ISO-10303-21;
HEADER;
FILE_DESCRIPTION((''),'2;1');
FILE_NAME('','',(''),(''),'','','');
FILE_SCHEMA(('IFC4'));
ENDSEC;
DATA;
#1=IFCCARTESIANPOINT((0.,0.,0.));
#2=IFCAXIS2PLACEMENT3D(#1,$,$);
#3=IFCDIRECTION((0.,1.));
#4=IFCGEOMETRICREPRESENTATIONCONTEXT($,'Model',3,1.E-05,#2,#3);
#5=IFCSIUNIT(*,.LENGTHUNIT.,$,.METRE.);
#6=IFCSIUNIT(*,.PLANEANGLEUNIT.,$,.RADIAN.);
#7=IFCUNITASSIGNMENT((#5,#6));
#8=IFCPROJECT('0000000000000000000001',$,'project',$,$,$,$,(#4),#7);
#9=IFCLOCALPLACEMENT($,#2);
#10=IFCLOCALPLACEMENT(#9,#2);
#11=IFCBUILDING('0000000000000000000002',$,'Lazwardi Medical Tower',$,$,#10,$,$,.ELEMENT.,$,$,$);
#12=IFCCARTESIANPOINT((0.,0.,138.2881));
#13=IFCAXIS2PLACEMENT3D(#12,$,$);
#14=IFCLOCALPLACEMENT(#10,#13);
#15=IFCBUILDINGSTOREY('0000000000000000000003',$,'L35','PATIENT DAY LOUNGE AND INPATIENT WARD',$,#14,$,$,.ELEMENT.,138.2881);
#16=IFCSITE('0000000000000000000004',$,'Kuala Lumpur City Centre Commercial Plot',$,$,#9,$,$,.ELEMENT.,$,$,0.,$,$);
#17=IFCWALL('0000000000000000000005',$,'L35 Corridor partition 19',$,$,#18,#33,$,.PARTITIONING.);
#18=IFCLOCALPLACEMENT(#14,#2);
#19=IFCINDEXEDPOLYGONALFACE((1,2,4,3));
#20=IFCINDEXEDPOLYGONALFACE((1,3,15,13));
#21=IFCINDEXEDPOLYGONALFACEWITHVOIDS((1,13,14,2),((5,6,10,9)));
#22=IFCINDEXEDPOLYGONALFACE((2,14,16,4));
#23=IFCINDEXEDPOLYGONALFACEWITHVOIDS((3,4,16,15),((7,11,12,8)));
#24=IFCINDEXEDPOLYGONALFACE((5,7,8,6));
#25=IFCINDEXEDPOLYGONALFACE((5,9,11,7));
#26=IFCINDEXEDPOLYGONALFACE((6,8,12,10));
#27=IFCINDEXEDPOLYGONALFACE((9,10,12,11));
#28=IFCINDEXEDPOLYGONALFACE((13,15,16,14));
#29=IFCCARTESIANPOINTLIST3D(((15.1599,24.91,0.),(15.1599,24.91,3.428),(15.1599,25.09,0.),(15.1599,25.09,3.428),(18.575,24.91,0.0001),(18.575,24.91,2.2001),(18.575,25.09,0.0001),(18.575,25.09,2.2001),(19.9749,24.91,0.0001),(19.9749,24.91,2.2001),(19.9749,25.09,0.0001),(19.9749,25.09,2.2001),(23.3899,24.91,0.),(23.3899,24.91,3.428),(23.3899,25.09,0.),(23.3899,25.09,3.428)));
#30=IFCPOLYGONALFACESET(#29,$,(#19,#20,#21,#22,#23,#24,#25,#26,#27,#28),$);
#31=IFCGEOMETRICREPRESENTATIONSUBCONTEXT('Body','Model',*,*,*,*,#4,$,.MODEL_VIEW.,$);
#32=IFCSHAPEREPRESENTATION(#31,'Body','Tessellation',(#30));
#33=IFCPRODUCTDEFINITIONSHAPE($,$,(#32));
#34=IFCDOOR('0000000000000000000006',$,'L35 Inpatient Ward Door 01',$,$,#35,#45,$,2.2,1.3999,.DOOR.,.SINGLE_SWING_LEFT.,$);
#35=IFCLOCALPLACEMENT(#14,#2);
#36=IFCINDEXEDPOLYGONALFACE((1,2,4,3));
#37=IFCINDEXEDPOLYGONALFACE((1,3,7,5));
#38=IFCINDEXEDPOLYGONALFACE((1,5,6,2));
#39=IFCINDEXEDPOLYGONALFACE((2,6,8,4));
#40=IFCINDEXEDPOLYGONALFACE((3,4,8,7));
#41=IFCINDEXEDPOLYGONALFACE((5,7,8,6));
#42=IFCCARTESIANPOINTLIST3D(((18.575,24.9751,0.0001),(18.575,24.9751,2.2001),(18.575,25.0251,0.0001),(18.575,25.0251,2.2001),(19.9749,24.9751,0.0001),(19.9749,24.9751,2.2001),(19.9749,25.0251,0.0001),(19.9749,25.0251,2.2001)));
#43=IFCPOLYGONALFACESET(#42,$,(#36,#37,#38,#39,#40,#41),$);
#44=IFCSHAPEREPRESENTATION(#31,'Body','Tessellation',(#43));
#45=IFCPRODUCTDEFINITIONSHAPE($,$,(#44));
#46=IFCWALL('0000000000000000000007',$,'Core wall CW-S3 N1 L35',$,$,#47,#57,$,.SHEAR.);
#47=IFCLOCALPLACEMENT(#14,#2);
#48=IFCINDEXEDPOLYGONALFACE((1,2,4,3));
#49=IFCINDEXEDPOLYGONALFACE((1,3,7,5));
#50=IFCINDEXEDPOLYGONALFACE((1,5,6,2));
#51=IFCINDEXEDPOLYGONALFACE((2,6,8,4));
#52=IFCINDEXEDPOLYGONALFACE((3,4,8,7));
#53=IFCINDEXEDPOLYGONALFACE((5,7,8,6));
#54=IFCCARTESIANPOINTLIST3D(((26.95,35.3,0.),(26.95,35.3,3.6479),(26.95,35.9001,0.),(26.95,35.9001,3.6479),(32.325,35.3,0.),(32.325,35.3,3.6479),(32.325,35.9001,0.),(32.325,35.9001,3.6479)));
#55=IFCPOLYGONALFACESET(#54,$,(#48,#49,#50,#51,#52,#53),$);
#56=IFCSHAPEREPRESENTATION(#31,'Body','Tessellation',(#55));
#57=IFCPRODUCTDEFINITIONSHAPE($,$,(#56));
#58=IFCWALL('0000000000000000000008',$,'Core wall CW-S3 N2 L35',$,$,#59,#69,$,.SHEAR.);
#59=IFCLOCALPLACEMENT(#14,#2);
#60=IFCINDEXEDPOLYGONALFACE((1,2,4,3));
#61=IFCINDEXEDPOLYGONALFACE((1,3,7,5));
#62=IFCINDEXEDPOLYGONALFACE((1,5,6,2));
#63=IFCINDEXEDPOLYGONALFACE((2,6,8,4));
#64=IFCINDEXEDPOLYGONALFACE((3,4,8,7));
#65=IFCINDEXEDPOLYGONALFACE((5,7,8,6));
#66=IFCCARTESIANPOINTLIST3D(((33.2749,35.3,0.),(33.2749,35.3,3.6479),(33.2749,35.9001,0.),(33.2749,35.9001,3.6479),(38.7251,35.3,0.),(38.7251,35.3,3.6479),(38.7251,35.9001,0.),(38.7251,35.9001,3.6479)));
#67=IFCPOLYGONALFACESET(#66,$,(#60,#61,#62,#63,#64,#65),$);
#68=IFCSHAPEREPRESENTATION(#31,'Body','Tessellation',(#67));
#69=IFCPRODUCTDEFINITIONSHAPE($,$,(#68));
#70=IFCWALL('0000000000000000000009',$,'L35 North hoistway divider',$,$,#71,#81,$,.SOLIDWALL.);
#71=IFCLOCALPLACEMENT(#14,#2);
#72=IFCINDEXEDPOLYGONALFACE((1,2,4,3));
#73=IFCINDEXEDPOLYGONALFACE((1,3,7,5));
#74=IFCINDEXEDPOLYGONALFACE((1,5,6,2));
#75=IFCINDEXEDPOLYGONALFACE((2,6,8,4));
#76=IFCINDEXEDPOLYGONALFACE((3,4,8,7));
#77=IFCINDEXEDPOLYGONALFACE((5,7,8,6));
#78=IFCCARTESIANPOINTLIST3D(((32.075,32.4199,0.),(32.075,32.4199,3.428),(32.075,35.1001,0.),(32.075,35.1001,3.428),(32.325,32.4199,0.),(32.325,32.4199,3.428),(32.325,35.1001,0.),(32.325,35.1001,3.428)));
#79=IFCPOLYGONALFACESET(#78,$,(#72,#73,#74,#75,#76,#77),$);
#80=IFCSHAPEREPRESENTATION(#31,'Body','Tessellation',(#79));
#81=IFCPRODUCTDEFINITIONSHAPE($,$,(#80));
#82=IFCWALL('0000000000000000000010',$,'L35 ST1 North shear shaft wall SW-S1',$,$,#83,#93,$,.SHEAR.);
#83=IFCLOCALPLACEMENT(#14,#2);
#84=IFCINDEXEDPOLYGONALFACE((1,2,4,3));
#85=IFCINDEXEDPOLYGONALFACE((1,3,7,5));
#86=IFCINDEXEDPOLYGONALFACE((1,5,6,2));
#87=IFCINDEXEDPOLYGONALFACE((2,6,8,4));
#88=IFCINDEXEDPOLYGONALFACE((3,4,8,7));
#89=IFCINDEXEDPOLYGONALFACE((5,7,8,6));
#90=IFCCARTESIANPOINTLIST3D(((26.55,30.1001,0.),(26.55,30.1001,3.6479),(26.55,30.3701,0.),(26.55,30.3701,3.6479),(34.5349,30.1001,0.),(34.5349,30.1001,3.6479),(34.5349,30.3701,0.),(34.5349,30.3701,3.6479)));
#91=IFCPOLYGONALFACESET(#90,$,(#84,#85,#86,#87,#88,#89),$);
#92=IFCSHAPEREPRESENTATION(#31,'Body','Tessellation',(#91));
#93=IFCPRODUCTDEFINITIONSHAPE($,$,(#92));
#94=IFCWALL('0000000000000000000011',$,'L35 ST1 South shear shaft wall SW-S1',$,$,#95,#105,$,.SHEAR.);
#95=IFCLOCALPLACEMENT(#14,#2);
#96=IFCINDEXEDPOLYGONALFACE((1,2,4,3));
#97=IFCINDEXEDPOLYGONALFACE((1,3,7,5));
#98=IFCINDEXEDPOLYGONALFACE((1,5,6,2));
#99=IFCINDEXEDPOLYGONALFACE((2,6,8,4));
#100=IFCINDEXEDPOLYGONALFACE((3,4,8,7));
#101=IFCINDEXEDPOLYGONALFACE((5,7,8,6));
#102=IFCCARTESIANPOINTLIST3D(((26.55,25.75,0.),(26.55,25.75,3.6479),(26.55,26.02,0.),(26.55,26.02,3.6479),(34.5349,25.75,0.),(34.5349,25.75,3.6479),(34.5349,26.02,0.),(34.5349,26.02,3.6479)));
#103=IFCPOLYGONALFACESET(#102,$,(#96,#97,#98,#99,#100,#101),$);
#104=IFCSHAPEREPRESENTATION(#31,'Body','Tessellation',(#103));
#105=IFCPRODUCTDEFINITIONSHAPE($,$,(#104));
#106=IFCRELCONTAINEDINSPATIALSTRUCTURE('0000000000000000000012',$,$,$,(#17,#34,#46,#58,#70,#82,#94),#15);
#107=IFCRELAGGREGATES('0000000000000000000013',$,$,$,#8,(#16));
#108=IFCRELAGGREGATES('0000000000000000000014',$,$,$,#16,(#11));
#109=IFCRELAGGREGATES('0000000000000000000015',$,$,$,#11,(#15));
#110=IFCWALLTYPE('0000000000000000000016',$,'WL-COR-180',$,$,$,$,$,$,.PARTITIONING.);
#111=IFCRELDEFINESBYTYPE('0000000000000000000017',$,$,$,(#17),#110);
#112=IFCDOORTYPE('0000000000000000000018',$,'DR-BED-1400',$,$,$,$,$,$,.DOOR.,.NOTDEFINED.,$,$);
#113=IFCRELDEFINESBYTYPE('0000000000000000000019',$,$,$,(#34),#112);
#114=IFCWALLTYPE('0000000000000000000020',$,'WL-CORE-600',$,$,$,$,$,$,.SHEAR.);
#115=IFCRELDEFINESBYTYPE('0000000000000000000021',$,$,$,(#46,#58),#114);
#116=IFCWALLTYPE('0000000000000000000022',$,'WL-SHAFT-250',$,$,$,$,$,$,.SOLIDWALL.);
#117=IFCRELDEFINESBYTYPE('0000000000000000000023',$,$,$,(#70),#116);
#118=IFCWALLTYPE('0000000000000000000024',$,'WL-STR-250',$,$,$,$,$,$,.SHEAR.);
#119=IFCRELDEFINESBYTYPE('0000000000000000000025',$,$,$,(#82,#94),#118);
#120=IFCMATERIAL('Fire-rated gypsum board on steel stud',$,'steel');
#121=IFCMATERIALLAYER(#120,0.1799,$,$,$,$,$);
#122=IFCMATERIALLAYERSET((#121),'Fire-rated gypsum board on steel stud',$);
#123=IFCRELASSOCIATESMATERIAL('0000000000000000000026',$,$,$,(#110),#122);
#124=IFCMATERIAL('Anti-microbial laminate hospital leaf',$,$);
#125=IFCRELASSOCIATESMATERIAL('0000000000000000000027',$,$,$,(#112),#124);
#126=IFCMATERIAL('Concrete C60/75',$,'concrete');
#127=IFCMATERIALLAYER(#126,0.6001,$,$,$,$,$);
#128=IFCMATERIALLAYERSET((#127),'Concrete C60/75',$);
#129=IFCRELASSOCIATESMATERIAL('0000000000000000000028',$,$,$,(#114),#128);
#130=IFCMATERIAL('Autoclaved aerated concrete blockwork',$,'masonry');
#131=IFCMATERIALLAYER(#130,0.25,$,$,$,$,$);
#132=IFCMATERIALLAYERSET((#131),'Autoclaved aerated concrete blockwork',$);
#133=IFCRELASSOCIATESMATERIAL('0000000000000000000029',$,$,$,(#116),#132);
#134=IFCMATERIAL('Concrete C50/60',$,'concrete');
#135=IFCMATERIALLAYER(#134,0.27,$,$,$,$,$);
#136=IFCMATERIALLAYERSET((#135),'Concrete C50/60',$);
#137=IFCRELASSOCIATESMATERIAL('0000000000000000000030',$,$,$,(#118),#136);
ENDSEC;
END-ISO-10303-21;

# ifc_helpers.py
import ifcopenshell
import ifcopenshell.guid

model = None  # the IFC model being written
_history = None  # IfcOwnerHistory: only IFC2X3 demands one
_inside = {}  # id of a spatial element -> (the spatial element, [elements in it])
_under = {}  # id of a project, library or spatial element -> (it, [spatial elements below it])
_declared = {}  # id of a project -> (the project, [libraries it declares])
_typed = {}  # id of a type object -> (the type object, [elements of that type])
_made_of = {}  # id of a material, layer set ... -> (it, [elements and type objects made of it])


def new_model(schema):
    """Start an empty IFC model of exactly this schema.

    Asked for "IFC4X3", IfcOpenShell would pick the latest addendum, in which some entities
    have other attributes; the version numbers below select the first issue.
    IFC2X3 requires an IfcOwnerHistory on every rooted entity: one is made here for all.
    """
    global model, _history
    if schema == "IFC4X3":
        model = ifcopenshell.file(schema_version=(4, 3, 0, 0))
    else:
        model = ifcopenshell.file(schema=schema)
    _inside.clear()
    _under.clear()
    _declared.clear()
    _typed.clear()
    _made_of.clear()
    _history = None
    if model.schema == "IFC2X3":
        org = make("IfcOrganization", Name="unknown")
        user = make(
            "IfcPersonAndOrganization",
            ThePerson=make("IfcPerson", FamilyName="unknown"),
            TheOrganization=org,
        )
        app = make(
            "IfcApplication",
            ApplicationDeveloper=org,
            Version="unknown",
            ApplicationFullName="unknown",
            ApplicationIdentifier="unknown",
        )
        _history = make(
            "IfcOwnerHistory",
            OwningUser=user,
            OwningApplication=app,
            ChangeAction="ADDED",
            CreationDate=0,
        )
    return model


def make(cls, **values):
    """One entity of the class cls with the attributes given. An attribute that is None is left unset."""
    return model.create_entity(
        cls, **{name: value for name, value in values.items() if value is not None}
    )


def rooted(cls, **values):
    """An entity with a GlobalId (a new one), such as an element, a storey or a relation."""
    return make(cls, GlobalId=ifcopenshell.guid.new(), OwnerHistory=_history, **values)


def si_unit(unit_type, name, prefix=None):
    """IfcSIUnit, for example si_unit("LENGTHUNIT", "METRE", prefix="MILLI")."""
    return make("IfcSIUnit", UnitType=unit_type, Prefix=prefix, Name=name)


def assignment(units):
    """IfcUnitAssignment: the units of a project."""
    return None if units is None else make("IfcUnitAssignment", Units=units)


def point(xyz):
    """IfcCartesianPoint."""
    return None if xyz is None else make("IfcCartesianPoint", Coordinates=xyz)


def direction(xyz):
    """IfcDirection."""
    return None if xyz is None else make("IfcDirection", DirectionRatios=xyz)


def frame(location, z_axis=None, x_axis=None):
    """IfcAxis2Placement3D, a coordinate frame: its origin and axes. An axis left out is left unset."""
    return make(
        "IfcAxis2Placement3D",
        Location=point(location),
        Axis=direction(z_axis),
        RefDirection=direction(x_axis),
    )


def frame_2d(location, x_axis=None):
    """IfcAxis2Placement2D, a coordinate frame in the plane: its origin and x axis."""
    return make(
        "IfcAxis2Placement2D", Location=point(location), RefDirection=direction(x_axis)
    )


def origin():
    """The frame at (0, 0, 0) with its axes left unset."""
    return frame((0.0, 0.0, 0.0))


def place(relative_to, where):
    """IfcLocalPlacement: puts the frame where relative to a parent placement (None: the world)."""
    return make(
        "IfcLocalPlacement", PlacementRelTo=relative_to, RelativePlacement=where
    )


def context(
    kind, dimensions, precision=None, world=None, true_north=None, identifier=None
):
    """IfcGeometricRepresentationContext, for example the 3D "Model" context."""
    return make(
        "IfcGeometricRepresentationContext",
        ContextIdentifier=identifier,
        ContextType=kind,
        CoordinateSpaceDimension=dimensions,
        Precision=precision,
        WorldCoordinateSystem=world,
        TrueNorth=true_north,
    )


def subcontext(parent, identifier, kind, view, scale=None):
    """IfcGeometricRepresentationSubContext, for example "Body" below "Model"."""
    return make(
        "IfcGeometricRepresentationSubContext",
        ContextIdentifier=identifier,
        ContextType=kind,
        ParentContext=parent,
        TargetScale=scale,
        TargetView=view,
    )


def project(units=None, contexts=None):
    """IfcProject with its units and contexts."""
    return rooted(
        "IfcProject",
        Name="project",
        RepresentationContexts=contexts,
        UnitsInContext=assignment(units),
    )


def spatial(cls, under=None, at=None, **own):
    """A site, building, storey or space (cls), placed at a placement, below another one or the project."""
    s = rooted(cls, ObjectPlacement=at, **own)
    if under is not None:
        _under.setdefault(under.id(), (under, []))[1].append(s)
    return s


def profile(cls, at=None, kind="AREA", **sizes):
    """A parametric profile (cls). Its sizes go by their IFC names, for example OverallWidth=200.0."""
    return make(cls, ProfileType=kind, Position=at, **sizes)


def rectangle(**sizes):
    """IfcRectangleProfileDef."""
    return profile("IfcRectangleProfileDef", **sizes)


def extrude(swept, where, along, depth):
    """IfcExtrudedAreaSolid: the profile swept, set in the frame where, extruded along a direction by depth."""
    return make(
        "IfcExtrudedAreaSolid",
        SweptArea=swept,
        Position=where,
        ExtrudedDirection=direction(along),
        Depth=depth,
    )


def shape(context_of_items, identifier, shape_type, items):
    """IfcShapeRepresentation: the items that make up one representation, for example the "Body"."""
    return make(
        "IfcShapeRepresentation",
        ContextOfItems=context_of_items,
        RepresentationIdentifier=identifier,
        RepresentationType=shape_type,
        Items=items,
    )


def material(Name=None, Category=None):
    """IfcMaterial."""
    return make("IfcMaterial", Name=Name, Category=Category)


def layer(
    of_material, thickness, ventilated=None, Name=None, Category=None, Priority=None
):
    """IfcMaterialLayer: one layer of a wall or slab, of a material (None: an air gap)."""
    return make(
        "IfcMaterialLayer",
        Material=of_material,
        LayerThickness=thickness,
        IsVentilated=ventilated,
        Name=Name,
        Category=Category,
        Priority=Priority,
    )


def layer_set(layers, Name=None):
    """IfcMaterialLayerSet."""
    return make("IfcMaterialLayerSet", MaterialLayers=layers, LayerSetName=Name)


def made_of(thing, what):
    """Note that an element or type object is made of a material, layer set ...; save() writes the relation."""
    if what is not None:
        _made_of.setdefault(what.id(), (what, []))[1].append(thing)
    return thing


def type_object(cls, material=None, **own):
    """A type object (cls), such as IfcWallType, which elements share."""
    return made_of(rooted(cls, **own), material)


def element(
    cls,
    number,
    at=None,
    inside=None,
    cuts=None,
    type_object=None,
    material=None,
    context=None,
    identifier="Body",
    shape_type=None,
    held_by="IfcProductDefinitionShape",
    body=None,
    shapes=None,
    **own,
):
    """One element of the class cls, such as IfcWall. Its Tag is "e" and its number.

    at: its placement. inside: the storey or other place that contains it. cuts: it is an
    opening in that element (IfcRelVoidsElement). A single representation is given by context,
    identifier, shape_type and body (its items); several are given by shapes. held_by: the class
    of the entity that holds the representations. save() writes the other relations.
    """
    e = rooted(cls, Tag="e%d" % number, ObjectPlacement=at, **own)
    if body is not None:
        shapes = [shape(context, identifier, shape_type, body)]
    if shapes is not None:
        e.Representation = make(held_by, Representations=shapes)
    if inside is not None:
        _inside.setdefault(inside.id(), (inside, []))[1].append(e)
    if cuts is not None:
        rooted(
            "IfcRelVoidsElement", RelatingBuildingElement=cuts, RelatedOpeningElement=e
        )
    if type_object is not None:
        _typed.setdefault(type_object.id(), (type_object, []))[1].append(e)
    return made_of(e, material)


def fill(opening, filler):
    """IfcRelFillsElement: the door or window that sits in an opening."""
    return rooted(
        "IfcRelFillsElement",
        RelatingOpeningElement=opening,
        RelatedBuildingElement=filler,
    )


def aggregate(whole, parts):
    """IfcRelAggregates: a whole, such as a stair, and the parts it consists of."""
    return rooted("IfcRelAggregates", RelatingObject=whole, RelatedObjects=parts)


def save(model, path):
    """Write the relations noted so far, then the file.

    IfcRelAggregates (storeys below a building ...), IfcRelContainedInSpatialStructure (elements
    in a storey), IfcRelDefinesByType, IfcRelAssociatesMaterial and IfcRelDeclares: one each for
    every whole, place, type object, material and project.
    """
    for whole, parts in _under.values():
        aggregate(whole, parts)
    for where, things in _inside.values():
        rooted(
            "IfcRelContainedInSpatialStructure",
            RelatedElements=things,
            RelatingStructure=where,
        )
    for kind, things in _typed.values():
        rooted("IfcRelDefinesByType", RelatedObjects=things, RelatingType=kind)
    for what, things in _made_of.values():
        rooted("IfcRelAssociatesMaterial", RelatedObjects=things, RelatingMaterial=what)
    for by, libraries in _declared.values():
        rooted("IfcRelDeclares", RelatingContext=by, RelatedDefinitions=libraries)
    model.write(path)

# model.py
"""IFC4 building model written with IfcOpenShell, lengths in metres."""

from ifc_helpers import new_model, si_unit, direction, frame, frame_2d, origin, place, context, subcontext, project, spatial, rectangle, extrude, material, layer, layer_set, type_object, element, fill, save


model = new_model("IFC4")

# Units and contexts
model_context = context("Model", 3, precision=1e-05, world=origin(), true_north=direction((0.0, 1.0)))
body_context = subcontext(model_context, "Body", "Model", "MODEL_VIEW")
ifc_project = project(units=[si_unit("LENGTHUNIT", "METRE"), si_unit("PLANEANGLEUNIT", "RADIAN")], contexts=[model_context])

# Site, building, storey
site_placement = place(None, origin())
site = spatial("IfcSite", under=ifc_project, at=site_placement, Name="Kuala Lumpur City Centre Commercial Plot", CompositionType="ELEMENT", RefElevation=0.0)
building_placement = place(site_placement, origin())
building = spatial("IfcBuilding", under=site, at=building_placement, Name="Lazwardi Medical Tower", CompositionType="ELEMENT")
storey_placement = place(building_placement, frame((0.0, 0.0, 138.2881)))
storey = spatial("IfcBuildingStorey", under=building, at=storey_placement, Name="L35", Description="PATIENT DAY LOUNGE AND INPATIENT WARD", CompositionType="ELEMENT", Elevation=138.2881)

# Shared definitions
ifc_material_1 = material(Name="Concrete C60/75", Category="concrete")

# Shared definitions
ifc_material_2 = material(Name="Fire-rated gypsum board on steel stud", Category="steel")
ifc_layer_1 = layer(ifc_material_2, 0.1799)
ifc_layer_set_1 = layer_set([ifc_layer_1], Name="Fire-rated gypsum board on steel stud")
wall_type_1 = type_object("IfcWallType", Name="WL-COR-180", PredefinedType="PARTITIONING", material=ifc_layer_set_1)
ifc_material_3 = material(Name="Anti-microbial laminate hospital leaf")
door_type_1 = type_object("IfcDoorType", Name="DR-BED-1400", OperationType="NOTDEFINED", PredefinedType="DOOR", material=ifc_material_3)

# Wall, opening, door
wall_1_placement = place(storey_placement, frame((23.3899, 25.0, 0.0), z_axis=(0.0, 0.0, 1.0), x_axis=(-1.0, 0.0, 0.0)))
wall_1 = element("IfcWall", 1, at=wall_1_placement, inside=storey, type_object=wall_type_1, Name="L35 Corridor partition 19", PredefinedType="PARTITIONING", context=body_context, shape_type="SweptSolid", body=[
    extrude(rectangle(XDim=8.23, YDim=0.1799, at=frame_2d((4.115, 0.0))), origin(), (0.0, 0.0, 1.0), 3.428),
])
opening_1_placement = place(wall_1_placement, frame((3.415, 0.0, 0.0)))
opening_1 = element("IfcOpeningElement", 2, at=opening_1_placement, cuts=wall_1, PredefinedType="OPENING", context=body_context, shape_type="SweptSolid", body=[
    extrude(rectangle(XDim=1.3999, YDim=2.2, at=frame_2d((0.7, 1.1001))), frame((0.0, 0.0999, 0.0), z_axis=(0.0, -1.0, 0.0), x_axis=(1.0, 0.0, 0.0)), (0.0, 0.0, 1.0), 0.2),
])
door_1_placement = place(opening_1_placement, origin())
door_1 = element("IfcDoor", 3, at=door_1_placement, inside=storey, type_object=door_type_1, Name="L35 Inpatient Ward Door 01", OperationType="SINGLE_SWING_LEFT", OverallHeight=2.2, OverallWidth=1.3999, PredefinedType="DOOR", context=body_context, shape_type="SweptSolid", body=[
    extrude(rectangle(XDim=1.3999, YDim=2.2, at=frame_2d((0.7, 1.1001))), frame((0.0, 0.0249, 0.0), z_axis=(0.0, -1.0, 0.0), x_axis=(1.0, 0.0, 0.0)), (0.0, 0.0, 1.0), 0.05),
])
fill(opening_1, door_1)

# Walls
ifc_layer_2 = layer(ifc_material_1, 0.6001)
ifc_layer_set_2 = layer_set([ifc_layer_2], Name="Concrete C60/75")
wall_type_2 = type_object("IfcWallType", Name="WL-CORE-600", PredefinedType="SHEAR", material=ifc_layer_set_2)
wall_2_placement = place(storey_placement, frame((26.95, 35.6001, 0.0), z_axis=(0.0, 0.0, 1.0), x_axis=(1.0, 0.0, 0.0)))
element("IfcWall", 4, at=wall_2_placement, inside=storey, type_object=wall_type_2, Name="Core wall CW-S3 N1 L35", PredefinedType="SHEAR", context=body_context, shape_type="SweptSolid", body=[
    extrude(rectangle(XDim=5.375, YDim=0.6001, at=frame_2d((2.6875, 0.0))), origin(), (0.0, 0.0, 1.0), 3.6479),
])
wall_3_placement = place(storey_placement, frame((33.2749, 35.6001, 0.0), z_axis=(0.0, 0.0, 1.0), x_axis=(1.0, 0.0, 0.0)))
element("IfcWall", 5, at=wall_3_placement, inside=storey, type_object=wall_type_2, Name="Core wall CW-S3 N2 L35", PredefinedType="SHEAR", context=body_context, shape_type="SweptSolid", body=[
    extrude(rectangle(XDim=5.4502, YDim=0.6001, at=frame_2d((2.7251, 0.0))), origin(), (0.0, 0.0, 1.0), 3.6479),
])
ifc_material_4 = material(Name="Autoclaved aerated concrete blockwork", Category="masonry")
ifc_layer_3 = layer(ifc_material_4, 0.25)
ifc_layer_set_3 = layer_set([ifc_layer_3], Name="Autoclaved aerated concrete blockwork")
wall_type_3 = type_object("IfcWallType", Name="WL-SHAFT-250", PredefinedType="SOLIDWALL", material=ifc_layer_set_3)
wall_4_placement = place(storey_placement, frame((32.2, 32.4199, 0.0), z_axis=(0.0, 0.0, 1.0), x_axis=(0.0, 1.0, 0.0)))
element("IfcWall", 6, at=wall_4_placement, inside=storey, type_object=wall_type_3, Name="L35 North hoistway divider", PredefinedType="SOLIDWALL", context=body_context, shape_type="SweptSolid", body=[
    extrude(rectangle(XDim=2.6802, YDim=0.25, at=frame_2d((1.3401, 0.0))), origin(), (0.0, 0.0, 1.0), 3.428),
])
ifc_material_5 = material(Name="Concrete C50/60", Category="concrete")
ifc_layer_4 = layer(ifc_material_5, 0.27)
ifc_layer_set_4 = layer_set([ifc_layer_4], Name="Concrete C50/60")
wall_type_4 = type_object("IfcWallType", Name="WL-STR-250", PredefinedType="SHEAR", material=ifc_layer_set_4)
for number, where, z_axis, x_axis, name in (
    (7, (26.55, 30.2351, 0.0), (0.0, 0.0, 1.0), (1.0, 0.0, 0.0), "L35 ST1 North shear shaft wall SW-S1"),
    (8, (26.55, 25.885, 0.0), (0.0, 0.0, 1.0), (1.0, 0.0, 0.0), "L35 ST1 South shear shaft wall SW-S1"),
):
    element("IfcWall", number, at=place(storey_placement, frame(where, z_axis=z_axis, x_axis=x_axis)), inside=storey, type_object=wall_type_4, Name=name, PredefinedType="SHEAR", context=body_context, shape_type="SweptSolid", body=[
        extrude(rectangle(XDim=7.9849, YDim=0.27, at=frame_2d((3.9924, 0.0))), origin(), (0.0, 0.0, 1.0), 3.6479),
    ])

save(model, "model.ifc")
